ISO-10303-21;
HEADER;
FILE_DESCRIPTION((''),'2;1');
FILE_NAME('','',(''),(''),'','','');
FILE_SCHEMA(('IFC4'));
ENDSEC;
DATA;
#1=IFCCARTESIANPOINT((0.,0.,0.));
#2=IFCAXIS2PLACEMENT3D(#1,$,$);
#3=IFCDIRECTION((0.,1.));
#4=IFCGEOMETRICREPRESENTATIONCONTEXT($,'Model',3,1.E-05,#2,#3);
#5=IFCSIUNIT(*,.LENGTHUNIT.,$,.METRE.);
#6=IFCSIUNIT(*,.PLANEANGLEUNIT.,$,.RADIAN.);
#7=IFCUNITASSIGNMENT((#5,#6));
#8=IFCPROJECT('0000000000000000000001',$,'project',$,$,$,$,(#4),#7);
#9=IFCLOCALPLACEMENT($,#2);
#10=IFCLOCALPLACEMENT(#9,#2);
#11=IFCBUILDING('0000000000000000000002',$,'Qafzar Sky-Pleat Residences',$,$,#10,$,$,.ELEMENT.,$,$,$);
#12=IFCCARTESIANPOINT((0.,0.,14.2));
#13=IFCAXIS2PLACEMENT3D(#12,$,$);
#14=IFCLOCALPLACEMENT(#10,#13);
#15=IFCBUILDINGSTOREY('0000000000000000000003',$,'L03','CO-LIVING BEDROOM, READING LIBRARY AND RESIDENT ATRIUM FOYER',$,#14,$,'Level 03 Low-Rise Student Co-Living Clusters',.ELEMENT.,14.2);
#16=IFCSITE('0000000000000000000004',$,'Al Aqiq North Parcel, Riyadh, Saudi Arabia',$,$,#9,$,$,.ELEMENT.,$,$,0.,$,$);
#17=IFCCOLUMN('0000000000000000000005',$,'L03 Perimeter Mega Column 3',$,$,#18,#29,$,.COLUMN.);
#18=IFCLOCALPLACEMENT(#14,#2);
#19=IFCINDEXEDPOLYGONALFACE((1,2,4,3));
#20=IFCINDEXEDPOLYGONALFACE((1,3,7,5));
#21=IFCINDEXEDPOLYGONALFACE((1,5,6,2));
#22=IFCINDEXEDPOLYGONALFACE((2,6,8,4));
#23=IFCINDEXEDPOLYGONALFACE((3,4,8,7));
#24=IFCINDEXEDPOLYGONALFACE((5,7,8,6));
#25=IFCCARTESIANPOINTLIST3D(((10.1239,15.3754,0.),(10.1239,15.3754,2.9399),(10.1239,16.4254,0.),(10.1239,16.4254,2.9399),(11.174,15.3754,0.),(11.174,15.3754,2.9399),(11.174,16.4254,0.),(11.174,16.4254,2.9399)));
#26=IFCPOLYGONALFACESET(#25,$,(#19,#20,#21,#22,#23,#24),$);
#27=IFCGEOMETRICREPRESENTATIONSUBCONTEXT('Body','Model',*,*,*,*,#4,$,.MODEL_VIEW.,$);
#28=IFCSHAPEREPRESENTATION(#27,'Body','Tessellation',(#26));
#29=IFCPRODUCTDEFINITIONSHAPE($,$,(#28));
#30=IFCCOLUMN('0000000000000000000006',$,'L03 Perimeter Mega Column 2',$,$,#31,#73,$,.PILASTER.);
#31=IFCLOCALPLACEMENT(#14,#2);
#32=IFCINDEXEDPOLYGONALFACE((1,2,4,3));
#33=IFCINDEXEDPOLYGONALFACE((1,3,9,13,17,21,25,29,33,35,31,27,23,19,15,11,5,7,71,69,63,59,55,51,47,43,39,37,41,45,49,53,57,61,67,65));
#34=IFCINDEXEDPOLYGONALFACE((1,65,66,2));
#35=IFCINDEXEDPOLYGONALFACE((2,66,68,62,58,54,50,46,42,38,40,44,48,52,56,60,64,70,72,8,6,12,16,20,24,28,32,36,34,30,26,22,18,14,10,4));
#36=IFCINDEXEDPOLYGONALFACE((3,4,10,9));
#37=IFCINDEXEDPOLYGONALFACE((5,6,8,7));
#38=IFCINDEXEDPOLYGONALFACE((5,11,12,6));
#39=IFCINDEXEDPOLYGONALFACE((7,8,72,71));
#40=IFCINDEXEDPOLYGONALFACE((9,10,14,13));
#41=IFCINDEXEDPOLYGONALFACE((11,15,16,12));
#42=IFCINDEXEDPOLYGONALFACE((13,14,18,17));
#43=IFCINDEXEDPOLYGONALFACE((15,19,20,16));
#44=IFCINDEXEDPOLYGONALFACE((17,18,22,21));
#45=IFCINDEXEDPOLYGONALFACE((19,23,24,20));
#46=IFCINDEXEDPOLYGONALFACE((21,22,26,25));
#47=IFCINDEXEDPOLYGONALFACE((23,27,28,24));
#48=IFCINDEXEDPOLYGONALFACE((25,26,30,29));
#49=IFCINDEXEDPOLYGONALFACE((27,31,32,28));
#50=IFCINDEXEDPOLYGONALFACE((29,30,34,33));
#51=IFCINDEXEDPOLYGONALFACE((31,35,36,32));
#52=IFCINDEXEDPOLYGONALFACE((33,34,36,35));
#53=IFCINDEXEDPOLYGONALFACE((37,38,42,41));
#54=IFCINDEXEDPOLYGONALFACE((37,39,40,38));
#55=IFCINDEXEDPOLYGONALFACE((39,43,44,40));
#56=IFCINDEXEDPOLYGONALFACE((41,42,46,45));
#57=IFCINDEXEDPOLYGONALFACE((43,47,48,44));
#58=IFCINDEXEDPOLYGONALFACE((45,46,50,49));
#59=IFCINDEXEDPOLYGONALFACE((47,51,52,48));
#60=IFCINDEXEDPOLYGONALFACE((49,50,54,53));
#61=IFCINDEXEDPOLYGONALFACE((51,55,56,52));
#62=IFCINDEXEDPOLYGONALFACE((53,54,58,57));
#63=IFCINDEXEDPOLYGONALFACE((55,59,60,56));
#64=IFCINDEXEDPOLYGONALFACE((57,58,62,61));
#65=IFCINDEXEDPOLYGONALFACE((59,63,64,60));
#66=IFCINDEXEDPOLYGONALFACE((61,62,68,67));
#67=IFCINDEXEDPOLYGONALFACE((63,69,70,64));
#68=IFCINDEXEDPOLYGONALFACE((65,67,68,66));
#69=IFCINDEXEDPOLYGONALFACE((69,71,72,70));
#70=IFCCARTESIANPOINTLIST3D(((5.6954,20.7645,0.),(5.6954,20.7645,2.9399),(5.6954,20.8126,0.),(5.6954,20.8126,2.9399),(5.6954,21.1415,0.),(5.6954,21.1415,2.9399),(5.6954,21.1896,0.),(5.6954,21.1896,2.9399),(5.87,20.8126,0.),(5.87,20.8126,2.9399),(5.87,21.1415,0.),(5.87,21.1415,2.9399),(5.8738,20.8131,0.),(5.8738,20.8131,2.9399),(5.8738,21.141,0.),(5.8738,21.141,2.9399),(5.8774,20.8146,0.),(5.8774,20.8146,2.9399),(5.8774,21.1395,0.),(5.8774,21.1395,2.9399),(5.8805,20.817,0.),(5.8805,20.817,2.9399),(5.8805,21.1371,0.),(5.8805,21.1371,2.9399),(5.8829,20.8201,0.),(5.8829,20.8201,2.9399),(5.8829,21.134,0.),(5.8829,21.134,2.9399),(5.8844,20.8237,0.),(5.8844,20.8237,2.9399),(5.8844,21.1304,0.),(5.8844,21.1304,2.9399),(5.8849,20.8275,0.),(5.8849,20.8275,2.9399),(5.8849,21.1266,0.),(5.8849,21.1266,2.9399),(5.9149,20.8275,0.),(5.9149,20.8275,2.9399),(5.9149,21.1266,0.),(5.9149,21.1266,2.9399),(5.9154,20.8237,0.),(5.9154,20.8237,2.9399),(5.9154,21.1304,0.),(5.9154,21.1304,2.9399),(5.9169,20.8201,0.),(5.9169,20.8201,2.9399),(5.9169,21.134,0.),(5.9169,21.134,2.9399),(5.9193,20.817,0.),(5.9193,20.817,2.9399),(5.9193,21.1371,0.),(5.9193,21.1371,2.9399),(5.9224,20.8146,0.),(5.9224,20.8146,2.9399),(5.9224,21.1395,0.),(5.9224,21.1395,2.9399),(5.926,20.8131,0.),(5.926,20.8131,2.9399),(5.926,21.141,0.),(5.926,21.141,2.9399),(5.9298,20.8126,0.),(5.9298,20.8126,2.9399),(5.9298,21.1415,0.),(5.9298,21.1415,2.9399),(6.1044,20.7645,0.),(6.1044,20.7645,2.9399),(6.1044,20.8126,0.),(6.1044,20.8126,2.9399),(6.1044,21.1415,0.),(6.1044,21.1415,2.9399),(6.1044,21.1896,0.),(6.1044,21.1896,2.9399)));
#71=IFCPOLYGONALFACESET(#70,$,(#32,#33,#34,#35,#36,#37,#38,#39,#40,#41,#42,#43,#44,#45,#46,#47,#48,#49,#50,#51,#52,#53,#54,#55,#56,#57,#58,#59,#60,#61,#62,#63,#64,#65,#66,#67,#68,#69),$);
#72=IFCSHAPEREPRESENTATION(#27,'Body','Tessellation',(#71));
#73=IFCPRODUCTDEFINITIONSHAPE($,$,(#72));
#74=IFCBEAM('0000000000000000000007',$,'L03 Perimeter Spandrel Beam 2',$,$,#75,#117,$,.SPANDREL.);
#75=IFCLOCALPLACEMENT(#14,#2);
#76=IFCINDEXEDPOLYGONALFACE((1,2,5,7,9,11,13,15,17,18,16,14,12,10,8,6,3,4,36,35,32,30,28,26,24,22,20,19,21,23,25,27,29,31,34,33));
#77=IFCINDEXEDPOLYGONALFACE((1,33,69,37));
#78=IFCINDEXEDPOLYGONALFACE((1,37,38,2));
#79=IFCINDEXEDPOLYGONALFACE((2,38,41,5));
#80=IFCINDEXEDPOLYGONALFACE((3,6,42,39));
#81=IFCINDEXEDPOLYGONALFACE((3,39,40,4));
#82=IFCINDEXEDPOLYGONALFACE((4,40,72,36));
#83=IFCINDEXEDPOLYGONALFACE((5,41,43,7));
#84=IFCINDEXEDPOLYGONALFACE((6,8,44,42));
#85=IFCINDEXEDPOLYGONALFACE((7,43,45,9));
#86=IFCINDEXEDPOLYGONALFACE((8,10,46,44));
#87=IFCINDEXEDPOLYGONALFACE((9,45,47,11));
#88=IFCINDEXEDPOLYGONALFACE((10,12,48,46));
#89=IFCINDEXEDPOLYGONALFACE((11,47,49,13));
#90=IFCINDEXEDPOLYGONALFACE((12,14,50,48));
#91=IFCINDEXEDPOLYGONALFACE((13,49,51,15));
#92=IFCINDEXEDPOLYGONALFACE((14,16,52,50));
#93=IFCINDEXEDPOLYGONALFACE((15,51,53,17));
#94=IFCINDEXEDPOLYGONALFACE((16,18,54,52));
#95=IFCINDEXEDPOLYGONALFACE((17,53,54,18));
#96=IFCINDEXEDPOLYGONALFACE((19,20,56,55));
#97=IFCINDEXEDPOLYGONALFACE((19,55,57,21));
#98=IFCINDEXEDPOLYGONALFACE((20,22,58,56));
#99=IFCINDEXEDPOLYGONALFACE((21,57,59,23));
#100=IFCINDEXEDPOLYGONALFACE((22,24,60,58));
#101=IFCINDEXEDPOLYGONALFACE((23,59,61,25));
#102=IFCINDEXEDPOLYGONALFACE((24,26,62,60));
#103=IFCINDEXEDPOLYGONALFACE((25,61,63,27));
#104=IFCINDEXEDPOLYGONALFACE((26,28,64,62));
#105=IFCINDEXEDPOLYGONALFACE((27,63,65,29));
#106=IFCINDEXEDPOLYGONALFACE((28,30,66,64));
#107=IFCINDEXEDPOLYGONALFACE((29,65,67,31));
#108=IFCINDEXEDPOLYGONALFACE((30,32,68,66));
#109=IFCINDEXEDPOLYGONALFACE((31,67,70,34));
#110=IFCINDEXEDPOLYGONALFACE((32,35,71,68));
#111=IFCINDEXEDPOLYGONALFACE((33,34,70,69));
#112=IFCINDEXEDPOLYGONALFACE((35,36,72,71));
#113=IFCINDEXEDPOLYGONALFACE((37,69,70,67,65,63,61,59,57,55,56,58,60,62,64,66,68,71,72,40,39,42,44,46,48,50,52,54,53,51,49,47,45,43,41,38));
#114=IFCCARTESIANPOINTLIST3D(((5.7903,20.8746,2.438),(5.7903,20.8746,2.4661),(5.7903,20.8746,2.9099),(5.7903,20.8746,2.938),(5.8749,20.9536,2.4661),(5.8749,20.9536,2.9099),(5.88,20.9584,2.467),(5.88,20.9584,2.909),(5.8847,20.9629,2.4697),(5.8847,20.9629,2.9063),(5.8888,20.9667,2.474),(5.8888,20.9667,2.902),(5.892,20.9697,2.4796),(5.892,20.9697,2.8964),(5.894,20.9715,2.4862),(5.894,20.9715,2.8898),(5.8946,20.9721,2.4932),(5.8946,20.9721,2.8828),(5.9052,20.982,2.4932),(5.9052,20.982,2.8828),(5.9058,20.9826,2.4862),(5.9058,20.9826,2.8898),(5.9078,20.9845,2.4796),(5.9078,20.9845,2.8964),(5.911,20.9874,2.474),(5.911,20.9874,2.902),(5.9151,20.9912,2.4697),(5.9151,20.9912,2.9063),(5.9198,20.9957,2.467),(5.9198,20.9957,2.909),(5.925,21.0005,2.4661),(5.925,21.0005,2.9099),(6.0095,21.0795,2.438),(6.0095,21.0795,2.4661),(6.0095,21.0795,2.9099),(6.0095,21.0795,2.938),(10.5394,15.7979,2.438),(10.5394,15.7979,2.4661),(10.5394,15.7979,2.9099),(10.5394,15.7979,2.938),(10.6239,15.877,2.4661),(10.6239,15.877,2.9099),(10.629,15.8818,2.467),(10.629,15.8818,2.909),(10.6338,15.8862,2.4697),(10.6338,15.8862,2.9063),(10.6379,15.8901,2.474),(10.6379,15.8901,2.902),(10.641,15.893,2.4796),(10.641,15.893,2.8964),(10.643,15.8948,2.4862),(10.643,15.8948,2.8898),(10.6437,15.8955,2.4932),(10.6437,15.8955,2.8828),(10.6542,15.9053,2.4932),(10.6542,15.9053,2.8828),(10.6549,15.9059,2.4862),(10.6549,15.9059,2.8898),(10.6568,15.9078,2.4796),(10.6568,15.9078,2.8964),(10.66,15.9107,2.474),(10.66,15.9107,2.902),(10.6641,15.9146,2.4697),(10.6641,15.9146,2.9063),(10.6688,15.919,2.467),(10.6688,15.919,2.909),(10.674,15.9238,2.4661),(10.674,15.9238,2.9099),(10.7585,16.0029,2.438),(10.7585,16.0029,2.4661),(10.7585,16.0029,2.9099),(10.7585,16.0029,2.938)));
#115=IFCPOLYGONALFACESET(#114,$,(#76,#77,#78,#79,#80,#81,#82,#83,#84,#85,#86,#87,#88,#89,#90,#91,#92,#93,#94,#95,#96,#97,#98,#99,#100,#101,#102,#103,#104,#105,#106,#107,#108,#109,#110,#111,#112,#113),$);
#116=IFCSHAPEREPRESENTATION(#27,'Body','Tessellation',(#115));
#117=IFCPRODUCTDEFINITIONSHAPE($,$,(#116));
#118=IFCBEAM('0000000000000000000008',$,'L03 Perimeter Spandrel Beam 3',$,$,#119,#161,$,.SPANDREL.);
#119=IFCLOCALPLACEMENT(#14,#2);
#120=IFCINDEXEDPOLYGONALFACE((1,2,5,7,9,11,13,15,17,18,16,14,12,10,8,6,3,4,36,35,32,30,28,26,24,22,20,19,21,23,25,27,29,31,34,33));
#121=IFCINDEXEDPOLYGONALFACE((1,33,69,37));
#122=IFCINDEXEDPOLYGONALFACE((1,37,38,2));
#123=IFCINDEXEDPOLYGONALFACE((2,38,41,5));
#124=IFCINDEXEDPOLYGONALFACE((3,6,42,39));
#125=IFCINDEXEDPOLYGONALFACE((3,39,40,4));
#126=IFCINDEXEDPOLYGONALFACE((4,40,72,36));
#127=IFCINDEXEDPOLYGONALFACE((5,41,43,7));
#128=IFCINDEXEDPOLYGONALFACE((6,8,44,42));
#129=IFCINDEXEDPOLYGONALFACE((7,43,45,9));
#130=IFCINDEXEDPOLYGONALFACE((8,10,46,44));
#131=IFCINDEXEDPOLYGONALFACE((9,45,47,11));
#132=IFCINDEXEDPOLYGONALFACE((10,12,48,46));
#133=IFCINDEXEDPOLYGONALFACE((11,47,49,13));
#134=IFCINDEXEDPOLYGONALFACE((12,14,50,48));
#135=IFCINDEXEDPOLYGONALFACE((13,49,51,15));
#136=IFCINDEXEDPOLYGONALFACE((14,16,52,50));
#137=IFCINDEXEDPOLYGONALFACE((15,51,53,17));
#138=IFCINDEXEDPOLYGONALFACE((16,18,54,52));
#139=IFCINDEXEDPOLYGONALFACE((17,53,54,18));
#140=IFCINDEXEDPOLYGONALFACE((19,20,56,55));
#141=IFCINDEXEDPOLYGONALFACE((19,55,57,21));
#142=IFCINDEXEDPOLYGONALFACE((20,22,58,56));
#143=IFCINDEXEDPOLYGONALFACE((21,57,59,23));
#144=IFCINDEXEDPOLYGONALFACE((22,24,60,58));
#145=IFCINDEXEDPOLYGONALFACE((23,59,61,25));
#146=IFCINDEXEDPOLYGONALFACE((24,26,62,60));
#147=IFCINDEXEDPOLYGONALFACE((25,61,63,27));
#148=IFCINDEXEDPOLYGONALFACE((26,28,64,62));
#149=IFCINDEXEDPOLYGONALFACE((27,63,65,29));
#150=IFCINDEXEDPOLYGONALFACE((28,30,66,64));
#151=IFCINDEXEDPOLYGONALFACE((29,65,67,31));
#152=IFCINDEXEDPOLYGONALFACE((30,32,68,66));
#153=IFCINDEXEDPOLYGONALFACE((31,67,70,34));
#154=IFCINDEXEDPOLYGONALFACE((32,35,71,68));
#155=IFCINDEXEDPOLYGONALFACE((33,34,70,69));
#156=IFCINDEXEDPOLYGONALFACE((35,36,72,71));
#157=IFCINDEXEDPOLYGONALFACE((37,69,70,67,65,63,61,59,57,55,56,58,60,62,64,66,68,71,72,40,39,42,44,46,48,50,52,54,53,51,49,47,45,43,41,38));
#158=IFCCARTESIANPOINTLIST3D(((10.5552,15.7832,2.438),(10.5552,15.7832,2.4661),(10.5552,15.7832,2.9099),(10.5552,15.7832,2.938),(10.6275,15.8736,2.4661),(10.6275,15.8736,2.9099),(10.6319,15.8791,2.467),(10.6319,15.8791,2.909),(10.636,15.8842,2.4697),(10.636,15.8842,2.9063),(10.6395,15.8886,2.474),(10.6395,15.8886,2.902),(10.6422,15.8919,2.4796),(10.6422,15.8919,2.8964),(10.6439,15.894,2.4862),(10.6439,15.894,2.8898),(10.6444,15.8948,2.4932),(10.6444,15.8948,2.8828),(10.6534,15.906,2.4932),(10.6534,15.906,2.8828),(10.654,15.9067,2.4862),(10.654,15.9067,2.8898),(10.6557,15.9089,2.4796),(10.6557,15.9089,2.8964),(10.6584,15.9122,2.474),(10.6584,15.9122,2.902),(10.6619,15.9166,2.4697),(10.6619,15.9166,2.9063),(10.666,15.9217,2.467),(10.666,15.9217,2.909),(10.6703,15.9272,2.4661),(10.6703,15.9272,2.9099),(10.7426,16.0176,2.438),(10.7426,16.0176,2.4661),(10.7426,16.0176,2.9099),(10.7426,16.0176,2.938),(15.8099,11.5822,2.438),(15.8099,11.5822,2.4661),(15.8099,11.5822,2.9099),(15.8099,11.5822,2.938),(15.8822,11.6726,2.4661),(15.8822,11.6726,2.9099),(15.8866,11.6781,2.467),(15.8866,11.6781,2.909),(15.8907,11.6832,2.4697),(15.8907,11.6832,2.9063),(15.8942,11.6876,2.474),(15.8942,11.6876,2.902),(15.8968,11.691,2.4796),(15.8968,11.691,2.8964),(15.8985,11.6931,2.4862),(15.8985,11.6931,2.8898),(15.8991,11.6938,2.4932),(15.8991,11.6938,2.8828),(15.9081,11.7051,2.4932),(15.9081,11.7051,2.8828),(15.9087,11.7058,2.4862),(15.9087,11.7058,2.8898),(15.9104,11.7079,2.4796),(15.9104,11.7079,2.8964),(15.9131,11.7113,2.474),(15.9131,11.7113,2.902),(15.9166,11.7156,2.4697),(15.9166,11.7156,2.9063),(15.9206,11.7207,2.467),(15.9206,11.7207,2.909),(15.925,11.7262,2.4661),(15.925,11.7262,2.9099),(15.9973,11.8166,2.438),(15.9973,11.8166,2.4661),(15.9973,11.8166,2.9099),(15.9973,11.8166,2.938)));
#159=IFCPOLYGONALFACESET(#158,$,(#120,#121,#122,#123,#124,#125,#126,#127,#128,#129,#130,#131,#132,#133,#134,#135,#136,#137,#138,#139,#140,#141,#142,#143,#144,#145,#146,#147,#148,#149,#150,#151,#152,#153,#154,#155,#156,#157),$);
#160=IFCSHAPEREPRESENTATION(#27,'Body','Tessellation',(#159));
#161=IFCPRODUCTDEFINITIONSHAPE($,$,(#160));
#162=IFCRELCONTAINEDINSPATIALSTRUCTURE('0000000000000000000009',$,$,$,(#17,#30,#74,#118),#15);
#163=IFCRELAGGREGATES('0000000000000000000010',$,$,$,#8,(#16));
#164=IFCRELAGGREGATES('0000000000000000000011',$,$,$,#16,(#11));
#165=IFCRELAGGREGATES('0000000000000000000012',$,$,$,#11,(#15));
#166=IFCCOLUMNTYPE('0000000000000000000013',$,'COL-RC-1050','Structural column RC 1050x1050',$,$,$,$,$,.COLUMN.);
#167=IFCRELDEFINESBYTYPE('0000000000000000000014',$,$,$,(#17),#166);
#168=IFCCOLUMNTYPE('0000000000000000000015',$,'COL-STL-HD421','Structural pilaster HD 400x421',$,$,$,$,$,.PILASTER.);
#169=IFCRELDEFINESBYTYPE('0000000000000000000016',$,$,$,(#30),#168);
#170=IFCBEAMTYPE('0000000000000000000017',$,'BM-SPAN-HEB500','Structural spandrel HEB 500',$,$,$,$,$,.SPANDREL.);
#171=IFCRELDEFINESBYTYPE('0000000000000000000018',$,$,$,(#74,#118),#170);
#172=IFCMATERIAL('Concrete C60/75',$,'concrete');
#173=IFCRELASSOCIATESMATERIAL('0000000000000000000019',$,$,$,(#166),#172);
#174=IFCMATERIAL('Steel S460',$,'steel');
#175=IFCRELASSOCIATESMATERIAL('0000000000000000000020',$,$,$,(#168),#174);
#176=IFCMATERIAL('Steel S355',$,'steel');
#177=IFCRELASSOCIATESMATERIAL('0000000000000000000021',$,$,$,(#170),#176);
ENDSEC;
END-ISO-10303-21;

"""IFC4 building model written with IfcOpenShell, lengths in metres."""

from ifc_helpers import new_model, si_unit, direction, frame, origin, origin_2d, place, context, subcontext, project, spatial, rectangle, i_section, extrude, source, transform, mapped, material, material_profile, profile_set, type_object, element, save


model = new_model("IFC4")

# Units and contexts
model_context = context("Model", 3, precision=1e-05, world=origin(), true_north=direction((0.0, 1.0)))
body_context = subcontext(model_context, "Body", "Model", "MODEL_VIEW")
ifc_project = project(units=[si_unit("LENGTHUNIT", "METRE"), si_unit("PLANEANGLEUNIT", "RADIAN")], contexts=[model_context])

# Site, building, storey
site_placement = place(None, origin())
site = spatial("IfcSite", under=ifc_project, at=site_placement, Name="Al Aqiq North Parcel, Riyadh, Saudi Arabia", CompositionType="ELEMENT", RefElevation=0.0)
building_placement = place(site_placement, origin())
building = spatial("IfcBuilding", under=site, at=building_placement, Name="Qafzar Sky-Pleat Residences", CompositionType="ELEMENT")
storey_placement = place(building_placement, frame((0.0, 0.0, 14.2)))
storey = spatial("IfcBuildingStorey", under=building, at=storey_placement, Name="L03", Description="CO-LIVING BEDROOM, READING LIBRARY AND RESIDENT ATRIUM FOYER", LongName="Level 03 Low-Rise Student Co-Living Clusters", CompositionType="ELEMENT", Elevation=14.2)

# Columns
ifc_material_1 = material(Name="Concrete C60/75", Category="concrete")
ifc_material_profile_1 = material_profile(ifc_material_1, rectangle(XDim=1.05, YDim=1.05, at=origin_2d()), Name="RC 1050x1050")
ifc_profile_set_1 = profile_set([ifc_material_profile_1], Name="Concrete C60/75")
column_type_1 = type_object("IfcColumnType", Name="COL-RC-1050", Description="Structural column RC 1050x1050", PredefinedType="COLUMN", material=ifc_profile_set_1)
shared_shape_1 = source(origin(), body_context, "Body", "SweptSolid", [
    extrude(rectangle(XDim=1.05, YDim=1.05, at=origin_2d()), origin(), (0.0, 0.0, 1.0), 2.9399),
])
column_1_placement = place(storey_placement, frame((10.6489, 15.9004, 0.0), z_axis=(0.0, 0.0, 1.0), x_axis=(1.0, 0.0, 0.0)))
element("IfcColumn", 1, at=column_1_placement, inside=storey, type_object=column_type_1, Name="L03 Perimeter Mega Column 3", PredefinedType="COLUMN", context=body_context, shape_type="MappedRepresentation", body=[
    mapped(shared_shape_1, transform((0.0, 0.0, 0.0), x_axis=(1.0, 0.0, 0.0), y_axis=(0.0, 1.0, 0.0), z_axis=(0.0, 0.0, 1.0), scale=1.0)),
])
ifc_material_2 = material(Name="Steel S460", Category="steel")
ifc_material_profile_2 = material_profile(ifc_material_2, i_section(OverallWidth=0.4089, OverallDepth=0.425, WebThickness=0.03, FlangeThickness=0.0481, FilletRadius=0.0149, at=origin_2d()), Name="HD 400x421")
ifc_profile_set_2 = profile_set([ifc_material_profile_2], Name="Steel S460")
column_type_2 = type_object("IfcColumnType", Name="COL-STL-HD421", Description="Structural pilaster HD 400x421", PredefinedType="PILASTER", material=ifc_profile_set_2)
shared_shape_2 = source(origin(), body_context, "Body", "SweptSolid", [
    extrude(i_section(OverallWidth=0.4089, OverallDepth=0.425, WebThickness=0.03, FlangeThickness=0.0481, FilletRadius=0.0149, at=origin_2d()), origin(), (0.0, 0.0, 1.0), 2.9399),
])
column_2_placement = place(storey_placement, frame((5.8999, 20.9771, 0.0), z_axis=(0.0, 0.0, 1.0), x_axis=(1.0, 0.0, 0.0)))
element("IfcColumn", 2, at=column_2_placement, inside=storey, type_object=column_type_2, Name="L03 Perimeter Mega Column 2", PredefinedType="PILASTER", context=body_context, shape_type="MappedRepresentation", body=[
    mapped(shared_shape_2, transform((0.0, 0.0, 0.0), x_axis=(1.0, 0.0, 0.0), y_axis=(0.0, 1.0, 0.0), z_axis=(0.0, 0.0, 1.0), scale=1.0)),
])

# Beams
ifc_material_3 = material(Name="Steel S355", Category="steel")
ifc_material_profile_3 = material_profile(ifc_material_3, i_section(OverallWidth=0.3, OverallDepth=0.5, WebThickness=0.0144, FlangeThickness=0.0281, FilletRadius=0.0271, at=origin_2d()), Name="HEB 500")
ifc_profile_set_3 = profile_set([ifc_material_profile_3], Name="Steel S355")
beam_type_1 = type_object("IfcBeamType", Name="BM-SPAN-HEB500", Description="Structural spandrel HEB 500", PredefinedType="SPANDREL", material=ifc_profile_set_3)
shared_shape_3 = source(origin(), body_context, "Body", "SweptSolid", [
    extrude(i_section(OverallWidth=0.3, OverallDepth=0.5, WebThickness=0.0144, FlangeThickness=0.0281, FilletRadius=0.0271, at=origin_2d()), origin(), (0.0, 0.0, 1.0), 6.9517),
])
beam_1_placement = place(storey_placement, frame((5.8999, 20.9771, 2.688), z_axis=(0.683149, -0.730279, 0.0), x_axis=(0.730279, 0.683149, 0.0)))
element("IfcBeam", 3, at=beam_1_placement, inside=storey, type_object=beam_type_1, Name="L03 Perimeter Spandrel Beam 2", PredefinedType="SPANDREL", context=body_context, shape_type="MappedRepresentation", body=[
    mapped(shared_shape_3, transform((0.0, 0.0, 0.0), x_axis=(1.0, 0.0, 0.0), y_axis=(0.0, 1.0, 0.0), z_axis=(0.0, 0.0, 1.0), scale=1.0)),
])
shared_shape_4 = source(origin(), body_context, "Body", "SweptSolid", [
    extrude(i_section(OverallWidth=0.3, OverallDepth=0.5, WebThickness=0.0144, FlangeThickness=0.0281, FilletRadius=0.0271, at=origin_2d()), origin(), (0.0, 0.0, 1.0), 6.7275),
])
beam_2_placement = place(storey_placement, frame((10.6489, 15.9004, 2.688), z_axis=(0.781071, -0.624443, 0.0), x_axis=(0.624443, 0.781071, 0.0)))
element("IfcBeam", 4, at=beam_2_placement, inside=storey, type_object=beam_type_1, Name="L03 Perimeter Spandrel Beam 3", PredefinedType="SPANDREL", context=body_context, shape_type="MappedRepresentation", body=[
    mapped(shared_shape_4, transform((0.0, 0.0, 0.0), x_axis=(1.0, 0.0, 0.0), y_axis=(0.0, 1.0, 0.0), z_axis=(0.0, 0.0, 1.0), scale=1.0)),
])

save(model, "model.ifc")
